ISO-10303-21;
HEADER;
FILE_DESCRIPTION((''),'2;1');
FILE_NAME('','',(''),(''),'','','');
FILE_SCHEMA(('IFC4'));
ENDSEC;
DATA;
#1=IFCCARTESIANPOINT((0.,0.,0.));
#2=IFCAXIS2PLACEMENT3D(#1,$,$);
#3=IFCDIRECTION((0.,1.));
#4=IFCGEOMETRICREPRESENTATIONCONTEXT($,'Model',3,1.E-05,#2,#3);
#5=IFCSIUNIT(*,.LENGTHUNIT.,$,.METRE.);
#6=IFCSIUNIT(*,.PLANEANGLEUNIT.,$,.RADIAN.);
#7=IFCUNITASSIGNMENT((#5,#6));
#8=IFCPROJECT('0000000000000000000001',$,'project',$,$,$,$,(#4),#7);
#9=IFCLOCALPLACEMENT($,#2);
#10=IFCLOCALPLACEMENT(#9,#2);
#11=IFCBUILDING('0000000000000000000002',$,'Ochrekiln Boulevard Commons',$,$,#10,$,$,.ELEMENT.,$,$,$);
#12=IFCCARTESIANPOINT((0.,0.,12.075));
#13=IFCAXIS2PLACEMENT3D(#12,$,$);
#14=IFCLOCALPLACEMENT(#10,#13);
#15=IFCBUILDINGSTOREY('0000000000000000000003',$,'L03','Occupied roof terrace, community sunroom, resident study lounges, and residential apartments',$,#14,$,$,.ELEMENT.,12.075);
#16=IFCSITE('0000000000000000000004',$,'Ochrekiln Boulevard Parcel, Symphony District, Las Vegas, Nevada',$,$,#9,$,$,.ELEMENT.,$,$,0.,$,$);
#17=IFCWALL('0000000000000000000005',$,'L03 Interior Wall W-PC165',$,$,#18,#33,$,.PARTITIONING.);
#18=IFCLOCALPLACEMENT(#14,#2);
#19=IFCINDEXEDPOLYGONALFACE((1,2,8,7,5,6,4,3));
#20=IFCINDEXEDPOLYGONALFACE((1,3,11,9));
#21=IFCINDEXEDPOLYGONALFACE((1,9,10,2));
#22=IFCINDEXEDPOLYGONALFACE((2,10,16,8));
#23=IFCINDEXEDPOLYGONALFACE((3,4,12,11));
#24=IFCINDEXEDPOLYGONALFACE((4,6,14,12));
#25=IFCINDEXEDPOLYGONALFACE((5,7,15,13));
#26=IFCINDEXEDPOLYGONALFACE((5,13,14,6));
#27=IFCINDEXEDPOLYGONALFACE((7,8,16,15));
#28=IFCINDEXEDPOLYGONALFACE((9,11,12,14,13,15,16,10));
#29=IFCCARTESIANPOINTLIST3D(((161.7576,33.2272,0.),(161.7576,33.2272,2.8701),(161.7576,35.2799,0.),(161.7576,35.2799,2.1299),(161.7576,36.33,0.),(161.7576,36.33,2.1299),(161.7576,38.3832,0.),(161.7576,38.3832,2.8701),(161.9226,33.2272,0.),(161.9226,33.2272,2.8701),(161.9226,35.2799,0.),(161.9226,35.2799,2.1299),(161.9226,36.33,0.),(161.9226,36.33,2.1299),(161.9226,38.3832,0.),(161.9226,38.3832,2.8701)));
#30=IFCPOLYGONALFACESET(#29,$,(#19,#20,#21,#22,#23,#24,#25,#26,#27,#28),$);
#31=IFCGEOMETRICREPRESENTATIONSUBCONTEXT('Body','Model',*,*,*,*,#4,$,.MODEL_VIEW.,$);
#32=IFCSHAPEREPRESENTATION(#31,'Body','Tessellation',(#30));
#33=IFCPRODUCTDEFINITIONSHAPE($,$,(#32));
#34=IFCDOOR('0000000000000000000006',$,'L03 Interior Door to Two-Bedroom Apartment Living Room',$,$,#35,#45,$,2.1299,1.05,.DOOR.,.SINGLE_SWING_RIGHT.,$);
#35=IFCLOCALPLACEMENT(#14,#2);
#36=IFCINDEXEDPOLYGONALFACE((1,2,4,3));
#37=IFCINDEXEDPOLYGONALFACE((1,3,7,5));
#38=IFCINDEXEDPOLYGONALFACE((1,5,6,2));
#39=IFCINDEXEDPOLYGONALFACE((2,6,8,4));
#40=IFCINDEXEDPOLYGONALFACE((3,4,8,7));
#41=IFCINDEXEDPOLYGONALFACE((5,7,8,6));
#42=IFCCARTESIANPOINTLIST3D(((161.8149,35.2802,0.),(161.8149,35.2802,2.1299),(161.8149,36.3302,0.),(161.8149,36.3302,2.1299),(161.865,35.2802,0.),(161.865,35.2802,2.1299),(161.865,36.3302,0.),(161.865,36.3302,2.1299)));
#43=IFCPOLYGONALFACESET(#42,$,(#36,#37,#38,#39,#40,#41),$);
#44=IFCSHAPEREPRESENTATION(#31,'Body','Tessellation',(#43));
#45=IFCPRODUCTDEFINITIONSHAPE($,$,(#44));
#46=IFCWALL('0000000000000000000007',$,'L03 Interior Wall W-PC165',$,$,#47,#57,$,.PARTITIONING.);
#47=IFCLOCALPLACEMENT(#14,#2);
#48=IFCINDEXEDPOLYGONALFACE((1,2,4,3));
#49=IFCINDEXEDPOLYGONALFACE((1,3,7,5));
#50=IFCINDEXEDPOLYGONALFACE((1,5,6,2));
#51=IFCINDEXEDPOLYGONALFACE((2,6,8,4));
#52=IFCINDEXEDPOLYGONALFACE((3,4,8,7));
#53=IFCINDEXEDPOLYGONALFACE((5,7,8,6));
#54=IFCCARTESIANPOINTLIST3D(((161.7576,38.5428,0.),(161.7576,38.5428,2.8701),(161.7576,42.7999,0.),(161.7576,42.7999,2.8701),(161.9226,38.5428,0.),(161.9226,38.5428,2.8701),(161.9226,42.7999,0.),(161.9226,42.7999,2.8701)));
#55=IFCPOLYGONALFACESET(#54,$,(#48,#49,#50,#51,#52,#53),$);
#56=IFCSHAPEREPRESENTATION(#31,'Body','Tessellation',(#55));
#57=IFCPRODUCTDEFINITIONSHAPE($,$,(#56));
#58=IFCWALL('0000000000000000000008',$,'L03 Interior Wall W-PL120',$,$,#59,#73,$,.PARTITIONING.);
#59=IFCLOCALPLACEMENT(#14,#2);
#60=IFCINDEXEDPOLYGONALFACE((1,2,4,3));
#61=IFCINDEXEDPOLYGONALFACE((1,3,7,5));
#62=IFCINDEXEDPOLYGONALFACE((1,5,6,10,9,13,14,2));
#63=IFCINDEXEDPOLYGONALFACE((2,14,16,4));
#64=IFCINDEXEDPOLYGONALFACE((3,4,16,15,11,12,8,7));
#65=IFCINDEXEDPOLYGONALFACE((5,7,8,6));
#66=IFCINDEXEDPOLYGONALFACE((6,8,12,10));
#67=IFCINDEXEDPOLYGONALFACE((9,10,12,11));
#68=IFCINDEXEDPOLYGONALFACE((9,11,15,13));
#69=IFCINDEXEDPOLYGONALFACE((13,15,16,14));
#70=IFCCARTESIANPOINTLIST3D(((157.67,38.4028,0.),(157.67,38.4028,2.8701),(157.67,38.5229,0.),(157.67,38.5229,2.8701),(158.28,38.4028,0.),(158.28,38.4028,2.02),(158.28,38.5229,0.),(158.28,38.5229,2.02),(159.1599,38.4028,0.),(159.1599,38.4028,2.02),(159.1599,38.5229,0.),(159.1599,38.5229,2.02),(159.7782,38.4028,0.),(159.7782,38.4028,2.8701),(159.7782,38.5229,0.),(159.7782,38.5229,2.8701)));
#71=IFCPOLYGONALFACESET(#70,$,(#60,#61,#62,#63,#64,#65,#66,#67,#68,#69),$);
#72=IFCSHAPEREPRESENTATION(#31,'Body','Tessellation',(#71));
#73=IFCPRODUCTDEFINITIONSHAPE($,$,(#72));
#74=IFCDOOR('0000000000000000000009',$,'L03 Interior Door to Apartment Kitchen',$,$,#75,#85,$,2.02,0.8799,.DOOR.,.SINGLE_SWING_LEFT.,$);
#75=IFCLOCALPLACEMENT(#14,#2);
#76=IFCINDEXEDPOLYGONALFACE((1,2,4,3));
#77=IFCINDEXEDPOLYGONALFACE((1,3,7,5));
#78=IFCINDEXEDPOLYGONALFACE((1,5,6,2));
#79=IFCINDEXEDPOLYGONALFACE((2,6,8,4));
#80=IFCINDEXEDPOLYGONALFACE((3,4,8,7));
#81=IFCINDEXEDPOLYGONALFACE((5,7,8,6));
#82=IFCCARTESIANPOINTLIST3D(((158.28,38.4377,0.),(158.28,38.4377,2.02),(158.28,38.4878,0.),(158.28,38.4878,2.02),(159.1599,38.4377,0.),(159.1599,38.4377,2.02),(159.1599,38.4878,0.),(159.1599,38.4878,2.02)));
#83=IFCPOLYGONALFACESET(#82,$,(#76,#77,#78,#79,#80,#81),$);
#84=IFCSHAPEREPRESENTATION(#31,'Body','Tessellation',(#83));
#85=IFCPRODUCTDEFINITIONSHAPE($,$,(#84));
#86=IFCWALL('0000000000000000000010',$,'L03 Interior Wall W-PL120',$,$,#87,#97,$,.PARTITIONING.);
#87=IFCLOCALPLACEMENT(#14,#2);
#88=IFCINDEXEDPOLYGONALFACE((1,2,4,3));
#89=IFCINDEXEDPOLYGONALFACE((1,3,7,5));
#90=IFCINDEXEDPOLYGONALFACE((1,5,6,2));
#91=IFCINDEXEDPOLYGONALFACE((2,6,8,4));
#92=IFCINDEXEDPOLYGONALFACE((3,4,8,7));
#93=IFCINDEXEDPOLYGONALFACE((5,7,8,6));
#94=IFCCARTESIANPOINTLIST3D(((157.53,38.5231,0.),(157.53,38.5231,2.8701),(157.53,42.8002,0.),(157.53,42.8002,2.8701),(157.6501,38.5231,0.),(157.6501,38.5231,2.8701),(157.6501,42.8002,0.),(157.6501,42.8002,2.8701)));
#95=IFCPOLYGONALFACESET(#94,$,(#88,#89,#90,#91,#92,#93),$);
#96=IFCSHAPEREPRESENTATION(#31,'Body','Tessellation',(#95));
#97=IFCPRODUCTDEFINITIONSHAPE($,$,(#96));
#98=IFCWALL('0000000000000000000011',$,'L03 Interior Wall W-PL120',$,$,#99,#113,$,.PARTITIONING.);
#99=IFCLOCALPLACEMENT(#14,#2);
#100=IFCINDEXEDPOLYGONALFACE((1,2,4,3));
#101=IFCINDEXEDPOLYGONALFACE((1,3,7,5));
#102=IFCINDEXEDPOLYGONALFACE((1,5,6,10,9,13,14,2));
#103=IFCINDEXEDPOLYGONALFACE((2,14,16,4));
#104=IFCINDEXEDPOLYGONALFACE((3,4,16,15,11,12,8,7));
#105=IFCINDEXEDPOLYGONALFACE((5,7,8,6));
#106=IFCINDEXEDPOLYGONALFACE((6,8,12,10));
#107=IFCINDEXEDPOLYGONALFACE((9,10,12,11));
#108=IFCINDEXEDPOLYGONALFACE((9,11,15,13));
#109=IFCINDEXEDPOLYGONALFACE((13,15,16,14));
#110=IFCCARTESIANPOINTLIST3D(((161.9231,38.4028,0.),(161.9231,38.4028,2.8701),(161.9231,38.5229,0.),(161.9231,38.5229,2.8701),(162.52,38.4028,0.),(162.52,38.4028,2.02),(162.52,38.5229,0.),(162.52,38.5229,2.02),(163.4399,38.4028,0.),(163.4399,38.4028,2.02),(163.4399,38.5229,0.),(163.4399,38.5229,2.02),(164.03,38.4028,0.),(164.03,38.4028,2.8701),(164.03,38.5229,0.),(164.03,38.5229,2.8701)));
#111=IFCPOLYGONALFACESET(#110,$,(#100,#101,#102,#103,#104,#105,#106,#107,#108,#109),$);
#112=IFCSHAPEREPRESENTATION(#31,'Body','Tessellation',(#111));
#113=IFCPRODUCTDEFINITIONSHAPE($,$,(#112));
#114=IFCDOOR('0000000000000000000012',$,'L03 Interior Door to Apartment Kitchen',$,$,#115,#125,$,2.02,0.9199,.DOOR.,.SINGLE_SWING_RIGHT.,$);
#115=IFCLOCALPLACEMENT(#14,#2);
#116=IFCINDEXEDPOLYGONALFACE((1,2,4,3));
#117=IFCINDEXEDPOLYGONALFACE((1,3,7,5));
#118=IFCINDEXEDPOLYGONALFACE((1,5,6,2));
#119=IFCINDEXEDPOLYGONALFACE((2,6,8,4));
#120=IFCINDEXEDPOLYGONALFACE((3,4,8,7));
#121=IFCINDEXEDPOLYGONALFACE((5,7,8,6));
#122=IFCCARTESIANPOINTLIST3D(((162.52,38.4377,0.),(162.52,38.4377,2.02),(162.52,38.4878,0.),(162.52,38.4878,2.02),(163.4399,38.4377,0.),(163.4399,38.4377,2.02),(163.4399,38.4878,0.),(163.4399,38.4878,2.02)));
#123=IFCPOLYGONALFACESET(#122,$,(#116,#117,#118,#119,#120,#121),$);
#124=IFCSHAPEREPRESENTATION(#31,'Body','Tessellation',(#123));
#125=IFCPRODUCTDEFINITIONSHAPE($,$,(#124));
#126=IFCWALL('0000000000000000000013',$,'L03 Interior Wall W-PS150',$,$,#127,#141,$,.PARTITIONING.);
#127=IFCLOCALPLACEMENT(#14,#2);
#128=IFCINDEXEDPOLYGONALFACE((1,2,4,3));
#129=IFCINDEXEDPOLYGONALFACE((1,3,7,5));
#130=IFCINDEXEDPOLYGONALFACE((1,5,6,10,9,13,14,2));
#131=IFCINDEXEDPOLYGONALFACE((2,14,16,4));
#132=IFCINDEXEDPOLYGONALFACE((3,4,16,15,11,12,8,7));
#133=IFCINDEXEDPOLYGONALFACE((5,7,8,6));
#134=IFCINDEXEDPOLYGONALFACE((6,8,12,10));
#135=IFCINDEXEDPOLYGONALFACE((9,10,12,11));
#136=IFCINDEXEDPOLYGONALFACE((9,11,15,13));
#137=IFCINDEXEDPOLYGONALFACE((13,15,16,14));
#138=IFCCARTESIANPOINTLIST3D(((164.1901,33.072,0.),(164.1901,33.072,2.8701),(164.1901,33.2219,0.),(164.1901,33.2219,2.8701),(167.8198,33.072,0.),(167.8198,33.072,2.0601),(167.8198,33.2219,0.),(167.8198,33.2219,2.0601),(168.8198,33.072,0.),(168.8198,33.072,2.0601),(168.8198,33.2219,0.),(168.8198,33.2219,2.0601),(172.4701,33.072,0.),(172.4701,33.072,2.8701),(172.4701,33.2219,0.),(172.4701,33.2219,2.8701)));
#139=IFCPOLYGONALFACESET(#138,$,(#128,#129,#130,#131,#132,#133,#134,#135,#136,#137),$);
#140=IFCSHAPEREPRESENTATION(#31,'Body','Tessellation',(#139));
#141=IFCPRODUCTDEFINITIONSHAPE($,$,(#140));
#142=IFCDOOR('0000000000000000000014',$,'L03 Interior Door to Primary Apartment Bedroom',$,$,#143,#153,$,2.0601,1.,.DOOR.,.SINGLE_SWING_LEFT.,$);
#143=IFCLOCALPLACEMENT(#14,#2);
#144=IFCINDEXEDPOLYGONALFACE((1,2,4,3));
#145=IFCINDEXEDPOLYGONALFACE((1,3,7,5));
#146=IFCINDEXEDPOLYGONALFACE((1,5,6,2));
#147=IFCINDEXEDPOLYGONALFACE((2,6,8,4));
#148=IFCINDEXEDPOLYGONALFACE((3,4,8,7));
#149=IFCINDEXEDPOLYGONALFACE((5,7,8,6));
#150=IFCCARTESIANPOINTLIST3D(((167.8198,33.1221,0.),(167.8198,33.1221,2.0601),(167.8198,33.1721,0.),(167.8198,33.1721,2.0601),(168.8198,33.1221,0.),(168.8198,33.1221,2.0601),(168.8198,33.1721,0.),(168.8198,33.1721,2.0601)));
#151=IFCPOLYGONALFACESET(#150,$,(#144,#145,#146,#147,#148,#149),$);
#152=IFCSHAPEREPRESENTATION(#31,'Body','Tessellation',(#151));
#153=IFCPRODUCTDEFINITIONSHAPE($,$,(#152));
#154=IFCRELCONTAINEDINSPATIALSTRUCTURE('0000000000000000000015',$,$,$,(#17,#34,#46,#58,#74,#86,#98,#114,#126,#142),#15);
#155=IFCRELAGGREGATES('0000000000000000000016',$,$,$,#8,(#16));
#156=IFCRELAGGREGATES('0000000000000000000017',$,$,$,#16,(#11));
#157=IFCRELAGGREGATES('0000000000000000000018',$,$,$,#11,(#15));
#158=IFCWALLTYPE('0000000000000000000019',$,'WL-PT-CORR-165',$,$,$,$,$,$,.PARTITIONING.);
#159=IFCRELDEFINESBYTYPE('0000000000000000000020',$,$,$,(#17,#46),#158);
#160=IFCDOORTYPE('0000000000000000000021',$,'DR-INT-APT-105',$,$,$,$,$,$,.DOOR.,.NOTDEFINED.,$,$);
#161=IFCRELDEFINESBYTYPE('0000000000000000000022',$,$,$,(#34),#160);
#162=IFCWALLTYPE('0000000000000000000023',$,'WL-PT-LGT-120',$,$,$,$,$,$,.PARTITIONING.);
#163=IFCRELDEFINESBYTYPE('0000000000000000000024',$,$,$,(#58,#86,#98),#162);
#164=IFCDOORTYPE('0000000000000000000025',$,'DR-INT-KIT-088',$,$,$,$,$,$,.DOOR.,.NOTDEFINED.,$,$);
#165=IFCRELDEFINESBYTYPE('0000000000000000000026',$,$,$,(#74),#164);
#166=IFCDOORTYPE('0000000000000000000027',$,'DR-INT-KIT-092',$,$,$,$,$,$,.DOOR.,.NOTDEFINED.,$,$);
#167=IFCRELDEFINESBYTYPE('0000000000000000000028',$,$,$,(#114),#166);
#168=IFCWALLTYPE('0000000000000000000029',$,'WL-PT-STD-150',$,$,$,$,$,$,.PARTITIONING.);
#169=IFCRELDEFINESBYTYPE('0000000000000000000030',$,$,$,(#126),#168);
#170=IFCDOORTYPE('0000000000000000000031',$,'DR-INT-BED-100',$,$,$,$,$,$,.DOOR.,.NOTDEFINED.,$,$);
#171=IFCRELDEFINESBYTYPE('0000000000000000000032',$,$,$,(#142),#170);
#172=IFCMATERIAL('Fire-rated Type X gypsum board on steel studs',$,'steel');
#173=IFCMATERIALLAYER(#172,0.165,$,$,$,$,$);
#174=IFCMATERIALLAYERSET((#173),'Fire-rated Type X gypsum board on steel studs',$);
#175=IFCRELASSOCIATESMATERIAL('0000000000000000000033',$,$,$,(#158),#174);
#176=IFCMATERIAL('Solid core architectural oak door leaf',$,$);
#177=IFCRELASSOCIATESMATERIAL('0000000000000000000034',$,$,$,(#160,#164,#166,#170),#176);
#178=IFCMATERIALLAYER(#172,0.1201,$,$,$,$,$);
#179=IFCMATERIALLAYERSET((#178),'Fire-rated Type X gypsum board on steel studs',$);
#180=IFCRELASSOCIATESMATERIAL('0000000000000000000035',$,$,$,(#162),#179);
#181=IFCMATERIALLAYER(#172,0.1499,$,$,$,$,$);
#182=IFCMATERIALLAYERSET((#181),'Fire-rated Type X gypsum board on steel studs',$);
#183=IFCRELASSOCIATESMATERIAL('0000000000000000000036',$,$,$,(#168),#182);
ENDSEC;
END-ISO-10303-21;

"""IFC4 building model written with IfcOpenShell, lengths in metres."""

from ifc_helpers import new_model, si_unit, direction, frame, frame_2d, origin, place, context, subcontext, project, spatial, rectangle, extrude, material, layer, layer_set, type_object, element, fill, save


model = new_model("IFC4")

# Units and contexts
model_context = context("Model", 3, precision=1e-05, world=origin(), true_north=direction((0.0, 1.0)))
body_context = subcontext(model_context, "Body", "Model", "MODEL_VIEW")
ifc_project = project(units=[si_unit("LENGTHUNIT", "METRE"), si_unit("PLANEANGLEUNIT", "RADIAN")], contexts=[model_context])

# Site, building, storey
site_placement = place(None, origin())
site = spatial("IfcSite", under=ifc_project, at=site_placement, Name="Ochrekiln Boulevard Parcel, Symphony District, Las Vegas, Nevada", CompositionType="ELEMENT", RefElevation=0.0)
building_placement = place(site_placement, origin())
building = spatial("IfcBuilding", under=site, at=building_placement, Name="Ochrekiln Boulevard Commons", CompositionType="ELEMENT")
storey_placement = place(building_placement, frame((0.0, 0.0, 12.075)))
storey = spatial("IfcBuildingStorey", under=building, at=storey_placement, Name="L03", Description="Occupied roof terrace, community sunroom, resident study lounges, and residential apartments", CompositionType="ELEMENT", Elevation=12.075)

# Shared definitions
ifc_material_1 = material(Name="Solid core architectural oak door leaf")
ifc_material_2 = material(Name="Fire-rated Type X gypsum board on steel studs", Category="steel")
ifc_layer_1 = layer(ifc_material_2, 0.165)
ifc_layer_set_1 = layer_set([ifc_layer_1], Name="Fire-rated Type X gypsum board on steel studs")
wall_type_1 = type_object("IfcWallType", Name="WL-PT-CORR-165", PredefinedType="PARTITIONING", material=ifc_layer_set_1)
door_type_1 = type_object("IfcDoorType", Name="DR-INT-APT-105", OperationType="NOTDEFINED", PredefinedType="DOOR", material=ifc_material_1)

# Wall, opening, door
wall_1_placement = place(storey_placement, frame((161.8401, 33.2271, 0.0), z_axis=(0.0, 0.0, 1.0), x_axis=(0.0, 1.0, 0.0)))
wall_1 = element("IfcWall", 1, at=wall_1_placement, inside=storey, type_object=wall_type_1, Name="L03 Interior Wall W-PC165", PredefinedType="PARTITIONING", context=body_context, shape_type="SweptSolid", body=[
    extrude(rectangle(XDim=5.156, YDim=0.165, at=frame_2d((2.5781, 0.0))), origin(), (0.0, 0.0, 1.0), 2.8701),
])
opening_1_placement = place(wall_1_placement, frame((2.053, 0.0, 0.0)))
opening_1 = element("IfcOpeningElement", 2, at=opening_1_placement, cuts=wall_1, PredefinedType="OPENING", context=body_context, shape_type="SweptSolid", body=[
    extrude(rectangle(XDim=1.05, YDim=2.1299, at=frame_2d((0.5249, 1.0649))), frame((0.0, 0.0925, 0.0), z_axis=(0.0, -1.0, 0.0), x_axis=(1.0, 0.0, 0.0)), (0.0, 0.0, 1.0), 0.1851),
])
door_1_placement = place(opening_1_placement, frame((1.05, 0.0, 0.0), z_axis=(0.0, 0.0, 1.0), x_axis=(-1.0, 0.0, 0.0)))
door_1 = element("IfcDoor", 3, at=door_1_placement, inside=storey, type_object=door_type_1, Name="L03 Interior Door to Two-Bedroom Apartment Living Room", OperationType="SINGLE_SWING_RIGHT", OverallHeight=2.1299, OverallWidth=1.05, PredefinedType="DOOR", context=body_context, shape_type="SweptSolid", body=[
    extrude(rectangle(XDim=1.05, YDim=2.1299, at=frame_2d((0.5249, 1.0649))), frame((0.0, 0.0249, 0.0), z_axis=(0.0, -1.0, 0.0), x_axis=(1.0, 0.0, 0.0)), (0.0, 0.0, 1.0), 0.05),
])
fill(opening_1, door_1)

# Wall
wall_2_placement = place(storey_placement, frame((161.8401, 38.543, 0.0), z_axis=(0.0, 0.0, 1.0), x_axis=(0.0, 1.0, 0.0)))
element("IfcWall", 4, at=wall_2_placement, inside=storey, type_object=wall_type_1, Name="L03 Interior Wall W-PC165", PredefinedType="PARTITIONING", context=body_context, shape_type="SweptSolid", body=[
    extrude(rectangle(XDim=4.2571, YDim=0.165, at=frame_2d((2.1284, 0.0))), origin(), (0.0, 0.0, 1.0), 2.8701),
])

# Wall, opening, door
ifc_layer_2 = layer(ifc_material_2, 0.1201)
ifc_layer_set_2 = layer_set([ifc_layer_2], Name="Fire-rated Type X gypsum board on steel studs")
wall_type_2 = type_object("IfcWallType", Name="WL-PT-LGT-120", PredefinedType="PARTITIONING", material=ifc_layer_set_2)
wall_3_placement = place(storey_placement, frame((157.6699, 38.4629, 0.0), z_axis=(0.0, 0.0, 1.0), x_axis=(1.0, 0.0, 0.0)))
wall_3 = element("IfcWall", 5, at=wall_3_placement, inside=storey, type_object=wall_type_2, Name="L03 Interior Wall W-PL120", PredefinedType="PARTITIONING", context=body_context, shape_type="SweptSolid", body=[
    extrude(rectangle(XDim=2.1082, YDim=0.1201, at=frame_2d((1.0542, 0.0))), origin(), (0.0, 0.0, 1.0), 2.8701),
])
opening_2_placement = place(wall_3_placement, frame((0.6101, 0.0, 0.0)))
opening_2 = element("IfcOpeningElement", 6, at=opening_2_placement, cuts=wall_3, PredefinedType="OPENING", context=body_context, shape_type="SweptSolid", body=[
    extrude(rectangle(XDim=0.8799, YDim=2.02, at=frame_2d((0.4399, 1.01))), frame((0.0, 0.0701, 0.0), z_axis=(0.0, -1.0, 0.0), x_axis=(1.0, 0.0, 0.0)), (0.0, 0.0, 1.0), 0.1401),
])
door_type_2 = type_object("IfcDoorType", Name="DR-INT-KIT-088", OperationType="NOTDEFINED", PredefinedType="DOOR", material=ifc_material_1)
door_2_placement = place(opening_2_placement, origin())
door_2 = element("IfcDoor", 7, at=door_2_placement, inside=storey, type_object=door_type_2, Name="L03 Interior Door to Apartment Kitchen", OperationType="SINGLE_SWING_LEFT", OverallHeight=2.02, OverallWidth=0.8799, PredefinedType="DOOR", context=body_context, shape_type="SweptSolid", body=[
    extrude(rectangle(XDim=0.8799, YDim=2.02, at=frame_2d((0.4399, 1.01))), frame((0.0, 0.0249, 0.0), z_axis=(0.0, -1.0, 0.0), x_axis=(1.0, 0.0, 0.0)), (0.0, 0.0, 1.0), 0.05),
])
fill(opening_2, door_2)

# Wall
wall_4_placement = place(storey_placement, frame((157.5901, 38.5229, 0.0), z_axis=(0.0, 0.0, 1.0), x_axis=(0.0, 1.0, 0.0)))
element("IfcWall", 8, at=wall_4_placement, inside=storey, type_object=wall_type_2, Name="L03 Interior Wall W-PL120", PredefinedType="PARTITIONING", context=body_context, shape_type="SweptSolid", body=[
    extrude(rectangle(XDim=4.2771, YDim=0.1201, at=frame_2d((2.1387, 0.0))), origin(), (0.0, 0.0, 1.0), 2.8701),
])

# Walls, openings, doors
wall_5_placement = place(storey_placement, frame((161.9231, 38.4629, 0.0), z_axis=(0.0, 0.0, 1.0), x_axis=(1.0, 0.0, 0.0)))
wall_5 = element("IfcWall", 9, at=wall_5_placement, inside=storey, type_object=wall_type_2, Name="L03 Interior Wall W-PL120", PredefinedType="PARTITIONING", context=body_context, shape_type="SweptSolid", body=[
    extrude(rectangle(XDim=2.1069, YDim=0.1201, at=frame_2d((1.0535, 0.0))), origin(), (0.0, 0.0, 1.0), 2.8701),
])
opening_3_placement = place(wall_5_placement, frame((0.5969, 0.0, 0.0)))
opening_3 = element("IfcOpeningElement", 10, at=opening_3_placement, cuts=wall_5, PredefinedType="OPENING", context=body_context, shape_type="SweptSolid", body=[
    extrude(rectangle(XDim=0.9199, YDim=2.02, at=frame_2d((0.46, 1.01))), frame((0.0, 0.0701, 0.0), z_axis=(0.0, -1.0, 0.0), x_axis=(1.0, 0.0, 0.0)), (0.0, 0.0, 1.0), 0.1401),
])
door_type_3 = type_object("IfcDoorType", Name="DR-INT-KIT-092", OperationType="NOTDEFINED", PredefinedType="DOOR", material=ifc_material_1)
door_3_placement = place(opening_3_placement, origin())
door_3 = element("IfcDoor", 11, at=door_3_placement, inside=storey, type_object=door_type_3, Name="L03 Interior Door to Apartment Kitchen", OperationType="SINGLE_SWING_RIGHT", OverallHeight=2.02, OverallWidth=0.9199, PredefinedType="DOOR", context=body_context, shape_type="SweptSolid", body=[
    extrude(rectangle(XDim=0.9199, YDim=2.02, at=frame_2d((0.46, 1.01))), frame((0.0, 0.0249, 0.0), z_axis=(0.0, -1.0, 0.0), x_axis=(1.0, 0.0, 0.0)), (0.0, 0.0, 1.0), 0.05),
])
fill(opening_3, door_3)
ifc_layer_3 = layer(ifc_material_2, 0.1499)
ifc_layer_set_3 = layer_set([ifc_layer_3], Name="Fire-rated Type X gypsum board on steel studs")
wall_type_3 = type_object("IfcWallType", Name="WL-PT-STD-150", PredefinedType="PARTITIONING", material=ifc_layer_set_3)
wall_6_placement = place(storey_placement, frame((164.1899, 33.147, 0.0), z_axis=(0.0, 0.0, 1.0), x_axis=(1.0, 0.0, 0.0)))
wall_6 = element("IfcWall", 12, at=wall_6_placement, inside=storey, type_object=wall_type_3, Name="L03 Interior Wall W-PS150", PredefinedType="PARTITIONING", context=body_context, shape_type="SweptSolid", body=[
    extrude(rectangle(XDim=8.28, YDim=0.1499, at=frame_2d((4.1401, 0.0))), origin(), (0.0, 0.0, 1.0), 2.8701),
])
opening_4_placement = place(wall_6_placement, frame((3.6299, 0.0, 0.0)))
opening_4 = element("IfcOpeningElement", 13, at=opening_4_placement, cuts=wall_6, PredefinedType="OPENING", context=body_context, shape_type="SweptSolid", body=[
    extrude(rectangle(XDim=1.0, YDim=2.0601, at=frame_2d((0.5, 1.03))), frame((0.0, 0.085, 0.0), z_axis=(0.0, -1.0, 0.0), x_axis=(1.0, 0.0, 0.0)), (0.0, 0.0, 1.0), 0.1699),
])
door_type_4 = type_object("IfcDoorType", Name="DR-INT-BED-100", OperationType="NOTDEFINED", PredefinedType="DOOR", material=ifc_material_1)
door_4_placement = place(opening_4_placement, frame((1.0, 0.0, 0.0), z_axis=(0.0, 0.0, 1.0), x_axis=(-1.0, 0.0, 0.0)))
door_4 = element("IfcDoor", 14, at=door_4_placement, inside=storey, type_object=door_type_4, Name="L03 Interior Door to Primary Apartment Bedroom", OperationType="SINGLE_SWING_LEFT", OverallHeight=2.0601, OverallWidth=1.0, PredefinedType="DOOR", context=body_context, shape_type="SweptSolid", body=[
    extrude(rectangle(XDim=1.0, YDim=2.0601, at=frame_2d((0.5, 1.03))), frame((0.0, 0.0249, 0.0), z_axis=(0.0, -1.0, 0.0), x_axis=(1.0, 0.0, 0.0)), (0.0, 0.0, 1.0), 0.05),
])
fill(opening_4, door_4)

save(model, "model.ifc")
